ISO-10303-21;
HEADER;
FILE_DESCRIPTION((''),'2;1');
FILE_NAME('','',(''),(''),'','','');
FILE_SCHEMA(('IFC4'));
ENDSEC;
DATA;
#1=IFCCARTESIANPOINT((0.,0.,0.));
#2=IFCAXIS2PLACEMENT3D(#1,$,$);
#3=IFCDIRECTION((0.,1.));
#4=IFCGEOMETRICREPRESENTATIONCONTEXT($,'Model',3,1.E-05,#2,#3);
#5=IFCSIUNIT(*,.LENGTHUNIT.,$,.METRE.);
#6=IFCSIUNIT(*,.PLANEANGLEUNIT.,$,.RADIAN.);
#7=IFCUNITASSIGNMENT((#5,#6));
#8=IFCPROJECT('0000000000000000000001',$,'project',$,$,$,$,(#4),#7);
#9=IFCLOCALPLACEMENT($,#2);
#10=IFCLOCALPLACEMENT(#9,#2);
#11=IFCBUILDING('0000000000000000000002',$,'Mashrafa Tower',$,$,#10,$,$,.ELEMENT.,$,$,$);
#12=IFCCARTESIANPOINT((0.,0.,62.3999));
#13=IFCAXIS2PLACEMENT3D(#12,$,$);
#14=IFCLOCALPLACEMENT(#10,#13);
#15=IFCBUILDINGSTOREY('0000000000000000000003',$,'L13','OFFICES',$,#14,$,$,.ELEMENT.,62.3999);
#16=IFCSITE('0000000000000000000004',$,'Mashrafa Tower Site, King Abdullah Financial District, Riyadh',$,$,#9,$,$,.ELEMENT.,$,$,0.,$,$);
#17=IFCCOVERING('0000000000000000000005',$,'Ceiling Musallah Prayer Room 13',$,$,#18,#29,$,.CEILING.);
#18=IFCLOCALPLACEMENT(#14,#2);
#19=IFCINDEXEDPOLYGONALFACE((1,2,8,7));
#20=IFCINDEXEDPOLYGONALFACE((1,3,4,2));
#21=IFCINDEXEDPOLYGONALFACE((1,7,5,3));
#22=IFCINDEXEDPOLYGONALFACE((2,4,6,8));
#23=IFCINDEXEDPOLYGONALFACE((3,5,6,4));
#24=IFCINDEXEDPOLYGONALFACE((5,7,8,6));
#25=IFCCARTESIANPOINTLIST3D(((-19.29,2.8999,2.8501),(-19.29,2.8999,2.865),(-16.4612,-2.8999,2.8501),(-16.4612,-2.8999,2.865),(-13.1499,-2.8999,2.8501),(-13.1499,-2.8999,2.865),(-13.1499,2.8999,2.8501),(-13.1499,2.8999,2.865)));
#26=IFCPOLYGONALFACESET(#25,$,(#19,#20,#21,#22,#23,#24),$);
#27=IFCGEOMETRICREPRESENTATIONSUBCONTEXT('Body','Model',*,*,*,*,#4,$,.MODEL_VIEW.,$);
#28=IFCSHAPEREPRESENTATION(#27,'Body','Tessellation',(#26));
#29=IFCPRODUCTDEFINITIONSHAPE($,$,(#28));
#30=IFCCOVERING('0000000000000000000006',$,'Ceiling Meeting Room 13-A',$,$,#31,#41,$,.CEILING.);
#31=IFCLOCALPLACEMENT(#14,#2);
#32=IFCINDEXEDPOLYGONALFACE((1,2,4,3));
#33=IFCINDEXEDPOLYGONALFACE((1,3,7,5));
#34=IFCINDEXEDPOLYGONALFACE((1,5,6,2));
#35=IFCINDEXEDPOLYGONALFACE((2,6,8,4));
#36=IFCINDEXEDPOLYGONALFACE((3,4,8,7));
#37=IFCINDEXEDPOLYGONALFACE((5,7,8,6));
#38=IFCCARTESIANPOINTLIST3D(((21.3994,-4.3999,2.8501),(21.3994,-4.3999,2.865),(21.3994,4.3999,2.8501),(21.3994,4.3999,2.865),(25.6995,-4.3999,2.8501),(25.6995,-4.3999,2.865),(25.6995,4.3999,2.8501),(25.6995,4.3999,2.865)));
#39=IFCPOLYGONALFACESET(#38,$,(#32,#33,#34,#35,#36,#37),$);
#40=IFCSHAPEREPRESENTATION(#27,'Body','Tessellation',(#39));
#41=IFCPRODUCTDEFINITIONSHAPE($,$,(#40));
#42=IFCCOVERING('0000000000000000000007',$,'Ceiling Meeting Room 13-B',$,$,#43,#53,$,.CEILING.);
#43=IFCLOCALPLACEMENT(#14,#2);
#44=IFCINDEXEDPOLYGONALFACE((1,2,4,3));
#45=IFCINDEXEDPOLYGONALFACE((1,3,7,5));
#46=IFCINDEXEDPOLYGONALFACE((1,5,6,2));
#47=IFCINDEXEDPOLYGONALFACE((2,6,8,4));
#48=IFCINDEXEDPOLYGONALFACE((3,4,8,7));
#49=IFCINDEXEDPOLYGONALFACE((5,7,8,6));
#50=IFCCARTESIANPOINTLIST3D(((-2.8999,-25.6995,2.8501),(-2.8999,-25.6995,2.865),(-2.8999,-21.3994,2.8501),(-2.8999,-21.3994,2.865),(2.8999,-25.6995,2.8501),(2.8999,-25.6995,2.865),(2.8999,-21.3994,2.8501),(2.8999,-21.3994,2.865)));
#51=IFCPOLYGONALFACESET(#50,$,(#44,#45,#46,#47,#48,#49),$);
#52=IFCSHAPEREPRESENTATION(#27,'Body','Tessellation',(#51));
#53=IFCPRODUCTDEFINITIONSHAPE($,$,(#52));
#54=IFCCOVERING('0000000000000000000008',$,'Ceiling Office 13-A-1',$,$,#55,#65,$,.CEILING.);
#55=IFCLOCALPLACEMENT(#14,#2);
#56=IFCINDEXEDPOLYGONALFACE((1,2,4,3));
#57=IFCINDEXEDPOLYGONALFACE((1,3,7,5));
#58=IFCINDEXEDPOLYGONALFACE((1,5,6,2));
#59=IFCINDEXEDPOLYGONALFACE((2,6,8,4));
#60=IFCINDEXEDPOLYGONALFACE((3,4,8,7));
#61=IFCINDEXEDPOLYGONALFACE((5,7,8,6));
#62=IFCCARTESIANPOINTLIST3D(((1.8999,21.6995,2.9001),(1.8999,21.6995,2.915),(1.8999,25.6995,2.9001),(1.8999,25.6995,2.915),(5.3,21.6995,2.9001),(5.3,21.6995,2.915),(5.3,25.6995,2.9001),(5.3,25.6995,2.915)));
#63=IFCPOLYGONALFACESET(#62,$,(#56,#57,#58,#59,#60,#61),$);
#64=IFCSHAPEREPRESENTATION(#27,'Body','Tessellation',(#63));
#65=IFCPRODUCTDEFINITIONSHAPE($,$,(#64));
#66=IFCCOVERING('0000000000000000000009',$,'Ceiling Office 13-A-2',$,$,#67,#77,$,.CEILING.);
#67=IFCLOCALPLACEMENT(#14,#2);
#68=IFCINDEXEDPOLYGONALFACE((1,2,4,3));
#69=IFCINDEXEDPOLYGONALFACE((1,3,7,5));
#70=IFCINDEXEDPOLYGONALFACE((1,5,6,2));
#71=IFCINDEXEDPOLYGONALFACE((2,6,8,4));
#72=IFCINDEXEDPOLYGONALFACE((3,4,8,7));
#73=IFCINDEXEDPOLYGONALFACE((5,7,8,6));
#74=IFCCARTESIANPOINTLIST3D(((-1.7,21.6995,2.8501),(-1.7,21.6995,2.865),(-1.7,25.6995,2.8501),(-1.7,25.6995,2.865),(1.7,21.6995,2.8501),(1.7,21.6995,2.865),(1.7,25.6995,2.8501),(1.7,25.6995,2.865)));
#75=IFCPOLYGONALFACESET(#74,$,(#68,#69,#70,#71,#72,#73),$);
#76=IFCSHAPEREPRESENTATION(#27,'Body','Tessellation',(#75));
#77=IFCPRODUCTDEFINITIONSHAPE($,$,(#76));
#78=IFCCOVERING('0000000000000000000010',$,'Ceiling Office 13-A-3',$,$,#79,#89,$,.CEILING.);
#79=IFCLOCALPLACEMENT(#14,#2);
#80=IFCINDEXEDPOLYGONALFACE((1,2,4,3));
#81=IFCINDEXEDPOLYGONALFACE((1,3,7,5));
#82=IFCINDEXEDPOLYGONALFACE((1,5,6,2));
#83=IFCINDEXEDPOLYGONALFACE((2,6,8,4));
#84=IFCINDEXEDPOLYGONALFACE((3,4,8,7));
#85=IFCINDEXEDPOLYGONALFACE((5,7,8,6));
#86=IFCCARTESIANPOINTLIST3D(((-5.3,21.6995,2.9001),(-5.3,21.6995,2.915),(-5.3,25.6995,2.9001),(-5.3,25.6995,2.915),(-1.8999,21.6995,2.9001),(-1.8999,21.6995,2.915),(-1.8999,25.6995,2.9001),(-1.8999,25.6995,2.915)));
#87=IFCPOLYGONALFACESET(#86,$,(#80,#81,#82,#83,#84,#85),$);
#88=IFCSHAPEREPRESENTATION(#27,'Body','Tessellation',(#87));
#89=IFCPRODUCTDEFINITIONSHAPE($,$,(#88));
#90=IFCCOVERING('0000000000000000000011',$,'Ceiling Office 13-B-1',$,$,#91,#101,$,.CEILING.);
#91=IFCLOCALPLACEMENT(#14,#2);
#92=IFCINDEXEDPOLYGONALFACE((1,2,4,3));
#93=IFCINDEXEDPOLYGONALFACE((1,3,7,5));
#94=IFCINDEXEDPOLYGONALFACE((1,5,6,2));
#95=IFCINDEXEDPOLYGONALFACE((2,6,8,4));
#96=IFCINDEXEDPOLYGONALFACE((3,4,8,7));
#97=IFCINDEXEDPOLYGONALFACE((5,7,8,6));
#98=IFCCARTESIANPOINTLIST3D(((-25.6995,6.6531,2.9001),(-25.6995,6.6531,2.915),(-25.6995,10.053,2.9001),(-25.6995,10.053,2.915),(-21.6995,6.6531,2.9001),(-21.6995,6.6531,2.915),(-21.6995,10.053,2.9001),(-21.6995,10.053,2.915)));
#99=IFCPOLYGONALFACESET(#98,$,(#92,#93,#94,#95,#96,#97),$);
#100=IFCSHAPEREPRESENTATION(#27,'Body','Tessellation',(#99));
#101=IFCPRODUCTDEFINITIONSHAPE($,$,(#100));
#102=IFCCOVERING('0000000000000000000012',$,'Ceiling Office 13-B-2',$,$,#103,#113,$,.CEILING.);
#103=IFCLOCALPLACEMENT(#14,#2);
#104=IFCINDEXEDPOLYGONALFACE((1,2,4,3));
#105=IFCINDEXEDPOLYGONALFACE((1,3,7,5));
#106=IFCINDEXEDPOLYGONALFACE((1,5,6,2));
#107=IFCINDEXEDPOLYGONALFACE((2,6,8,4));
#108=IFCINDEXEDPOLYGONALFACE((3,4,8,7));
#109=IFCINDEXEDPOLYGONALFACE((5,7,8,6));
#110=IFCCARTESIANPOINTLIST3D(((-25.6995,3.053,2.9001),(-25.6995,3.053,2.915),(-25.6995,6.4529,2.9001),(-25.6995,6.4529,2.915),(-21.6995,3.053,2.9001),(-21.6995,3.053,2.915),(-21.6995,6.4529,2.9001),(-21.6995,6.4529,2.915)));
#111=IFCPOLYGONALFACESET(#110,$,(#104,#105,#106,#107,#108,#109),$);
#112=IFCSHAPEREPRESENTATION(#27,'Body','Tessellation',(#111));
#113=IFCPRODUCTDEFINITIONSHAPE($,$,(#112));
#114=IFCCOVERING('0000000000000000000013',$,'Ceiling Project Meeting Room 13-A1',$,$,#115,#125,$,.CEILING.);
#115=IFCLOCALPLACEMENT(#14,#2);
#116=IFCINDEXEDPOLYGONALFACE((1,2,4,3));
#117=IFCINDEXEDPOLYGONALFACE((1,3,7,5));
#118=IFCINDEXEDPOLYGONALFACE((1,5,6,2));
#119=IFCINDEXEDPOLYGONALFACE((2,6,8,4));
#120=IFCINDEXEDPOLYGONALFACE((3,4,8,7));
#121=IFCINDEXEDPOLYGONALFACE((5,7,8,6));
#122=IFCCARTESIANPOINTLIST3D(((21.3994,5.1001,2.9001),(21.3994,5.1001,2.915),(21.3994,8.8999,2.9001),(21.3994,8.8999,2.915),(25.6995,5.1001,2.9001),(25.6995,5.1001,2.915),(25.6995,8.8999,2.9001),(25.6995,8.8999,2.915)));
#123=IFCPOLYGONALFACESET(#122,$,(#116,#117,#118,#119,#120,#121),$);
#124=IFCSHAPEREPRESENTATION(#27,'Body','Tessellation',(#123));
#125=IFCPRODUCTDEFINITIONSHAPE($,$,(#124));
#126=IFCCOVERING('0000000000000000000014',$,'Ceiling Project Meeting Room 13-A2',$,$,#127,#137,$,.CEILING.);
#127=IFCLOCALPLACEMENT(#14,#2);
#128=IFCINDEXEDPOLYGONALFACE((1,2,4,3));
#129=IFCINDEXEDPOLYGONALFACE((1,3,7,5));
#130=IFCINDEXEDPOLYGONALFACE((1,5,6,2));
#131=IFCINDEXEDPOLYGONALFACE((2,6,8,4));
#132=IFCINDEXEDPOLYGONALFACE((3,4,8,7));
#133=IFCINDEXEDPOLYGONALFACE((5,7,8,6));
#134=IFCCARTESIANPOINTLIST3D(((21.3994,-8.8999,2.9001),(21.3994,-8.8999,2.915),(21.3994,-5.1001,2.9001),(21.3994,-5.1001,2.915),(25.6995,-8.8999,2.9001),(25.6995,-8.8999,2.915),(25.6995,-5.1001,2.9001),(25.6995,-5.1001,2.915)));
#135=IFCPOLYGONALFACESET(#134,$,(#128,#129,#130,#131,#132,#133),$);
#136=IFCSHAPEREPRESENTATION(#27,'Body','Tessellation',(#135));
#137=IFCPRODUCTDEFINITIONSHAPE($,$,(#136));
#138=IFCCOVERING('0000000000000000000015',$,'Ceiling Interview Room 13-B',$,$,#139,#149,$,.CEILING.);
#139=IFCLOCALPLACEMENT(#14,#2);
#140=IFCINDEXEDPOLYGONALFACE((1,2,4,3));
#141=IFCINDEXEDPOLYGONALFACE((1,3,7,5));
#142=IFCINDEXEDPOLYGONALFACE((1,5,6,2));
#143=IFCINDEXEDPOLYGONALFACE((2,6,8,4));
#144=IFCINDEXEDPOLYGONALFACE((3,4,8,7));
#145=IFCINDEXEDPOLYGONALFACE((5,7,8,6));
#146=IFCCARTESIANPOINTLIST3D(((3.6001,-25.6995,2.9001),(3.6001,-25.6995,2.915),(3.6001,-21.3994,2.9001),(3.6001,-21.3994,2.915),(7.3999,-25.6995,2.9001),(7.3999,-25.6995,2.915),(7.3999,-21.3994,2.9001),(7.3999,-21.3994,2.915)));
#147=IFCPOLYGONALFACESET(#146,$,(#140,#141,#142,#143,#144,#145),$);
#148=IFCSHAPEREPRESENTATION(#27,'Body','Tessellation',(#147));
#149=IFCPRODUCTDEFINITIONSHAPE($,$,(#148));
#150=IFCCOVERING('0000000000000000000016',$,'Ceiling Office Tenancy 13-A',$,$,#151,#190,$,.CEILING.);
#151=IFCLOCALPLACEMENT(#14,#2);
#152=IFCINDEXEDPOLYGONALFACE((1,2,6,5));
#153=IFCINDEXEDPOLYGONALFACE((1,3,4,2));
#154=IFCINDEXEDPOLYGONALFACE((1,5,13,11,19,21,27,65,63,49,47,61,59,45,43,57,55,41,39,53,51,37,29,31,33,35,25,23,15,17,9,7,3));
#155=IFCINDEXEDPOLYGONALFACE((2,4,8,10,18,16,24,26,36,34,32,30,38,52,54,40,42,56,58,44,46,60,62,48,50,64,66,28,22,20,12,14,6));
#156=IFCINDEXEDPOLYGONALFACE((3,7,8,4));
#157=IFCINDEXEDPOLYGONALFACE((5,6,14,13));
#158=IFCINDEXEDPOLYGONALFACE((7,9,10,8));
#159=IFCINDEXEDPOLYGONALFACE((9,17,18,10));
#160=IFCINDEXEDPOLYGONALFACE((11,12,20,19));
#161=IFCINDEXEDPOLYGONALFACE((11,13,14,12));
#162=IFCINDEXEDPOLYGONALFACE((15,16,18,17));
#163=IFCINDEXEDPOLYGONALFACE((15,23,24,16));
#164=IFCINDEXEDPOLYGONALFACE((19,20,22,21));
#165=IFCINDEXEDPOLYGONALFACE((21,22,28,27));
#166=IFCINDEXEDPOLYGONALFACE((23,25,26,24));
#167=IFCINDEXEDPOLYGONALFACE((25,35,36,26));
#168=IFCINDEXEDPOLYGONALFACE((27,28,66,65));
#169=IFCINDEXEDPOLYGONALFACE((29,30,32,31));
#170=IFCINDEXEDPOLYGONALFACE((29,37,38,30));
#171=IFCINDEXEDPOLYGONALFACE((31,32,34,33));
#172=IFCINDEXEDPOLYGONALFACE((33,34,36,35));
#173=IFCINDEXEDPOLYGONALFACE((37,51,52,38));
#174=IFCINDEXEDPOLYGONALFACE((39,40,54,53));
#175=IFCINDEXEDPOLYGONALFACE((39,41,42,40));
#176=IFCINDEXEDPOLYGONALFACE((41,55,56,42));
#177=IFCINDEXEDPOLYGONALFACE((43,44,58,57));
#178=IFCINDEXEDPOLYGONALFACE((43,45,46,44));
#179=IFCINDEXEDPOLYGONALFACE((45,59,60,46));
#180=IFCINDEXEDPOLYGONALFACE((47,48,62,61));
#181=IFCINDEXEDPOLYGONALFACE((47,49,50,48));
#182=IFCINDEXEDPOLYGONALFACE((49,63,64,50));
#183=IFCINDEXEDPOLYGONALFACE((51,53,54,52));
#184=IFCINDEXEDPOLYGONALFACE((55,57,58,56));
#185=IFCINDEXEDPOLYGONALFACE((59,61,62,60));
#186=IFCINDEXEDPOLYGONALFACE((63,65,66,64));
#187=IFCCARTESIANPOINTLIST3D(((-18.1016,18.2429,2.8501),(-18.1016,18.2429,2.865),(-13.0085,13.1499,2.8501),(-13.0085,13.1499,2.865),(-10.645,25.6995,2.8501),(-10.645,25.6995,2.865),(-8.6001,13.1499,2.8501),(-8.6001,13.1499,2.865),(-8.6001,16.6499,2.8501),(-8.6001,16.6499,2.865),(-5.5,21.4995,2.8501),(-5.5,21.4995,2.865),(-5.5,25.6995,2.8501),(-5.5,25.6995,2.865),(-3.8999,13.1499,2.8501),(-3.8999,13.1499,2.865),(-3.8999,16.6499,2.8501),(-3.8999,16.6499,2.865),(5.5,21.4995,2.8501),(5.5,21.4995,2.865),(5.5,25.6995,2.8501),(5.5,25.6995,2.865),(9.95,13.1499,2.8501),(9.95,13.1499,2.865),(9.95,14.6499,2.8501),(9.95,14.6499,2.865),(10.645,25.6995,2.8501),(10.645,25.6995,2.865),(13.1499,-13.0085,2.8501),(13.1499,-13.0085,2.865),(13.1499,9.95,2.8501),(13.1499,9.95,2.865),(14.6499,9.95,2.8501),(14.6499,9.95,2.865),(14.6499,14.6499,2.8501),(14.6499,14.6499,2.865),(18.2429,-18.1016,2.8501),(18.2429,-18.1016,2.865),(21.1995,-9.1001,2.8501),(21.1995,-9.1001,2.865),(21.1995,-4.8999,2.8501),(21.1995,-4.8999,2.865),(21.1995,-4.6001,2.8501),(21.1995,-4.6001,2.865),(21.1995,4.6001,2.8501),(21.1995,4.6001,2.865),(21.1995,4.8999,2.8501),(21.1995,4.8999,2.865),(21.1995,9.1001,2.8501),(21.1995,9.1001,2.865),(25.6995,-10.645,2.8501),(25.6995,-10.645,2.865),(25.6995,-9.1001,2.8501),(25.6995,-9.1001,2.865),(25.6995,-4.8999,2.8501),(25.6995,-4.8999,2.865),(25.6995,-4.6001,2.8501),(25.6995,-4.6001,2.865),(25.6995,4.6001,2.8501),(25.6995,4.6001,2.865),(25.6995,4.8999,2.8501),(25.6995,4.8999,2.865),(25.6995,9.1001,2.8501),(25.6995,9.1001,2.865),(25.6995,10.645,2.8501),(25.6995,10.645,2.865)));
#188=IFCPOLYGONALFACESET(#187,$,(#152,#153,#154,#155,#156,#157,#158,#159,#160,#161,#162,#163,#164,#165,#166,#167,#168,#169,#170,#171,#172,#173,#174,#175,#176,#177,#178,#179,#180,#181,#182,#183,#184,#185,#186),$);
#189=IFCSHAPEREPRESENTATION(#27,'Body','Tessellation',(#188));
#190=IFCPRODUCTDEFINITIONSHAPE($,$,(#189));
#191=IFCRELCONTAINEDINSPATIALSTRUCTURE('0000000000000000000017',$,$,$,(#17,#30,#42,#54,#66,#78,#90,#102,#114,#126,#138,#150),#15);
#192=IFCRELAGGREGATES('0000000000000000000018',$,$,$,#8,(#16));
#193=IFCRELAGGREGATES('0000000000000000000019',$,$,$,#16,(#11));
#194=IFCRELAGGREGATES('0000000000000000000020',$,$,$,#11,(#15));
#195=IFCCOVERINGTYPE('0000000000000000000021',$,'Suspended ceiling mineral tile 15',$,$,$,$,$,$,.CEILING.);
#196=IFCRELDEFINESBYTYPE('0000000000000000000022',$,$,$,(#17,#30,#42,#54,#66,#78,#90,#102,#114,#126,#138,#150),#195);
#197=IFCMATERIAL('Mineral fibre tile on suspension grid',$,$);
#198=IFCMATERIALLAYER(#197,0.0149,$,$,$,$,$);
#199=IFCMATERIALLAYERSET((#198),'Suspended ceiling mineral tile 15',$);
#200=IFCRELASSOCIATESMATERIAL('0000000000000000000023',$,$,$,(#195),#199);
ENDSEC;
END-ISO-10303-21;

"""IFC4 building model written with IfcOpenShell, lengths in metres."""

from ifc_helpers import new_model, si_unit, direction, frame, origin, place, context, subcontext, project, spatial, polyline, outline, extrude, material, layer, layer_set, type_object, element, save


model = new_model("IFC4")

# Units and contexts
model_context = context("Model", 3, precision=1e-05, world=origin(), true_north=direction((0.0, 1.0)))
body_context = subcontext(model_context, "Body", "Model", "MODEL_VIEW")
ifc_project = project(units=[si_unit("LENGTHUNIT", "METRE"), si_unit("PLANEANGLEUNIT", "RADIAN")], contexts=[model_context])

# Site, building, storey
site_placement = place(None, origin())
site = spatial("IfcSite", under=ifc_project, at=site_placement, Name="Mashrafa Tower Site, King Abdullah Financial District, Riyadh", CompositionType="ELEMENT", RefElevation=0.0)
building_placement = place(site_placement, origin())
building = spatial("IfcBuilding", under=site, at=building_placement, Name="Mashrafa Tower", CompositionType="ELEMENT")
storey_placement = place(building_placement, frame((0.0, 0.0, 62.3999)))
storey = spatial("IfcBuildingStorey", under=building, at=storey_placement, Name="L13", Description="OFFICES", CompositionType="ELEMENT", Elevation=62.3999)

# Coverings
ifc_material_1 = material(Name="Mineral fibre tile on suspension grid")
ifc_layer_1 = layer(ifc_material_1, 0.0149)
ifc_layer_set_1 = layer_set([ifc_layer_1], Name="Suspended ceiling mineral tile 15")
covering_type = type_object("IfcCoveringType", Name="Suspended ceiling mineral tile 15", PredefinedType="CEILING", material=ifc_layer_set_1)
covering_1_placement = place(storey_placement, frame((0.0, 0.0, 2.8501)))
element("IfcCovering", 1, at=covering_1_placement, inside=storey, type_object=covering_type, Name="Ceiling Musallah Prayer Room 13", PredefinedType="CEILING", context=body_context, shape_type="SweptSolid", body=[
    extrude(outline(polyline([(-16.4612, -2.8999), (-19.29, 2.8999), (-13.1499, 2.8999), (-13.1499, -2.8999), (-16.4612, -2.8999)])), origin(), (0.0, 0.0, 1.0), 0.0149),
])
covering_2_placement = place(storey_placement, frame((0.0, 0.0, 2.8501)))
element("IfcCovering", 2, at=covering_2_placement, inside=storey, type_object=covering_type, Name="Ceiling Meeting Room 13-A", PredefinedType="CEILING", context=body_context, shape_type="SweptSolid", body=[
    extrude(outline(polyline([(21.3994, 4.3999), (25.6995, 4.3999), (25.6995, -4.3999), (21.3994, -4.3999), (21.3994, 4.3999)])), origin(), (0.0, 0.0, 1.0), 0.0149),
])
covering_3_placement = place(storey_placement, frame((0.0, 0.0, 2.8501)))
element("IfcCovering", 3, at=covering_3_placement, inside=storey, type_object=covering_type, Name="Ceiling Meeting Room 13-B", PredefinedType="CEILING", context=body_context, shape_type="SweptSolid", body=[
    extrude(outline(polyline([(-2.8999, -21.3994), (2.8999, -21.3994), (2.8999, -25.6995), (-2.8999, -25.6995), (-2.8999, -21.3994)])), origin(), (0.0, 0.0, 1.0), 0.0149),
])
covering_4_placement = place(storey_placement, frame((0.0, 0.0, 2.9001)))
element("IfcCovering", 4, at=covering_4_placement, inside=storey, type_object=covering_type, Name="Ceiling Office 13-A-1", PredefinedType="CEILING", context=body_context, shape_type="SweptSolid", body=[
    extrude(outline(polyline([(1.8999, 25.6995), (5.3, 25.6995), (5.3, 21.6995), (1.8999, 21.6995), (1.8999, 25.6995)])), origin(), (0.0, 0.0, 1.0), 0.0149),
])
covering_5_placement = place(storey_placement, frame((0.0, 0.0, 2.8501)))
element("IfcCovering", 5, at=covering_5_placement, inside=storey, type_object=covering_type, Name="Ceiling Office 13-A-2", PredefinedType="CEILING", context=body_context, shape_type="SweptSolid", body=[
    extrude(outline(polyline([(-1.7, 25.6995), (1.7, 25.6995), (1.7, 21.6995), (-1.7, 21.6995), (-1.7, 25.6995)])), origin(), (0.0, 0.0, 1.0), 0.0149),
])
covering_6_placement = place(storey_placement, frame((0.0, 0.0, 2.9001)))
element("IfcCovering", 6, at=covering_6_placement, inside=storey, type_object=covering_type, Name="Ceiling Office 13-A-3", PredefinedType="CEILING", context=body_context, shape_type="SweptSolid", body=[
    extrude(outline(polyline([(-5.3, 25.6995), (-1.8999, 25.6995), (-1.8999, 21.6995), (-5.3, 21.6995), (-5.3, 25.6995)])), origin(), (0.0, 0.0, 1.0), 0.0149),
])
covering_7_placement = place(storey_placement, frame((0.0, 0.0, 2.9001)))
element("IfcCovering", 7, at=covering_7_placement, inside=storey, type_object=covering_type, Name="Ceiling Office 13-B-1", PredefinedType="CEILING", context=body_context, shape_type="SweptSolid", body=[
    extrude(outline(polyline([(-21.6995, 10.053), (-21.6995, 6.6531), (-25.6995, 6.6531), (-25.6995, 10.053), (-21.6995, 10.053)])), origin(), (0.0, 0.0, 1.0), 0.0149),
])
covering_8_placement = place(storey_placement, frame((0.0, 0.0, 2.9001)))
element("IfcCovering", 8, at=covering_8_placement, inside=storey, type_object=covering_type, Name="Ceiling Office 13-B-2", PredefinedType="CEILING", context=body_context, shape_type="SweptSolid", body=[
    extrude(outline(polyline([(-21.6995, 6.4529), (-21.6995, 3.053), (-25.6995, 3.053), (-25.6995, 6.4529), (-21.6995, 6.4529)])), origin(), (0.0, 0.0, 1.0), 0.0149),
])
covering_9_placement = place(storey_placement, frame((0.0, 0.0, 2.9001)))
element("IfcCovering", 9, at=covering_9_placement, inside=storey, type_object=covering_type, Name="Ceiling Project Meeting Room 13-A1", PredefinedType="CEILING", context=body_context, shape_type="SweptSolid", body=[
    extrude(outline(polyline([(21.3994, 8.8999), (25.6995, 8.8999), (25.6995, 5.1001), (21.3994, 5.1001), (21.3994, 8.8999)])), origin(), (0.0, 0.0, 1.0), 0.0149),
])
covering_10_placement = place(storey_placement, frame((0.0, 0.0, 2.9001)))
element("IfcCovering", 10, at=covering_10_placement, inside=storey, type_object=covering_type, Name="Ceiling Project Meeting Room 13-A2", PredefinedType="CEILING", context=body_context, shape_type="SweptSolid", body=[
    extrude(outline(polyline([(21.3994, -5.1001), (25.6995, -5.1001), (25.6995, -8.8999), (21.3994, -8.8999), (21.3994, -5.1001)])), origin(), (0.0, 0.0, 1.0), 0.0149),
])
covering_11_placement = place(storey_placement, frame((0.0, 0.0, 2.9001)))
element("IfcCovering", 11, at=covering_11_placement, inside=storey, type_object=covering_type, Name="Ceiling Interview Room 13-B", PredefinedType="CEILING", context=body_context, shape_type="SweptSolid", body=[
    extrude(outline(polyline([(3.6001, -21.3994), (7.3999, -21.3994), (7.3999, -25.6995), (3.6001, -25.6995), (3.6001, -21.3994)])), origin(), (0.0, 0.0, 1.0), 0.0149),
])
covering_12_placement = place(storey_placement, frame((0.0, 0.0, 2.8501)))
element("IfcCovering", 12, at=covering_12_placement, inside=storey, type_object=covering_type, Name="Ceiling Office Tenancy 13-A", PredefinedType="CEILING", context=body_context, shape_type="SweptSolid", body=[
    extrude(outline(polyline([(-13.0085, 13.1499), (-18.1016, 18.2429), (-10.645, 25.6995), (-5.5, 25.6995), (-5.5, 21.4995), (5.5, 21.4995), (5.5, 25.6995), (10.645, 25.6995), (25.6995, 10.645), (25.6995, 9.1001), (21.1995, 9.1001), (21.1995, 4.8999), (25.6995, 4.8999), (25.6995, 4.6001), (21.1995, 4.6001), (21.1995, -4.6001), (25.6995, -4.6001), (25.6995, -4.8999), (21.1995, -4.8999), (21.1995, -9.1001), (25.6995, -9.1001), (25.6995, -10.645), (18.2429, -18.1016), (13.1499, -13.0085), (13.1499, 9.95), (14.6499, 9.95), (14.6499, 14.6499), (9.95, 14.6499), (9.95, 13.1499), (-3.8999, 13.1499), (-3.8999, 16.6499), (-8.6001, 16.6499), (-8.6001, 13.1499), (-13.0085, 13.1499)])), origin(), (0.0, 0.0, 1.0), 0.0149),
])

save(model, "model.ifc")
